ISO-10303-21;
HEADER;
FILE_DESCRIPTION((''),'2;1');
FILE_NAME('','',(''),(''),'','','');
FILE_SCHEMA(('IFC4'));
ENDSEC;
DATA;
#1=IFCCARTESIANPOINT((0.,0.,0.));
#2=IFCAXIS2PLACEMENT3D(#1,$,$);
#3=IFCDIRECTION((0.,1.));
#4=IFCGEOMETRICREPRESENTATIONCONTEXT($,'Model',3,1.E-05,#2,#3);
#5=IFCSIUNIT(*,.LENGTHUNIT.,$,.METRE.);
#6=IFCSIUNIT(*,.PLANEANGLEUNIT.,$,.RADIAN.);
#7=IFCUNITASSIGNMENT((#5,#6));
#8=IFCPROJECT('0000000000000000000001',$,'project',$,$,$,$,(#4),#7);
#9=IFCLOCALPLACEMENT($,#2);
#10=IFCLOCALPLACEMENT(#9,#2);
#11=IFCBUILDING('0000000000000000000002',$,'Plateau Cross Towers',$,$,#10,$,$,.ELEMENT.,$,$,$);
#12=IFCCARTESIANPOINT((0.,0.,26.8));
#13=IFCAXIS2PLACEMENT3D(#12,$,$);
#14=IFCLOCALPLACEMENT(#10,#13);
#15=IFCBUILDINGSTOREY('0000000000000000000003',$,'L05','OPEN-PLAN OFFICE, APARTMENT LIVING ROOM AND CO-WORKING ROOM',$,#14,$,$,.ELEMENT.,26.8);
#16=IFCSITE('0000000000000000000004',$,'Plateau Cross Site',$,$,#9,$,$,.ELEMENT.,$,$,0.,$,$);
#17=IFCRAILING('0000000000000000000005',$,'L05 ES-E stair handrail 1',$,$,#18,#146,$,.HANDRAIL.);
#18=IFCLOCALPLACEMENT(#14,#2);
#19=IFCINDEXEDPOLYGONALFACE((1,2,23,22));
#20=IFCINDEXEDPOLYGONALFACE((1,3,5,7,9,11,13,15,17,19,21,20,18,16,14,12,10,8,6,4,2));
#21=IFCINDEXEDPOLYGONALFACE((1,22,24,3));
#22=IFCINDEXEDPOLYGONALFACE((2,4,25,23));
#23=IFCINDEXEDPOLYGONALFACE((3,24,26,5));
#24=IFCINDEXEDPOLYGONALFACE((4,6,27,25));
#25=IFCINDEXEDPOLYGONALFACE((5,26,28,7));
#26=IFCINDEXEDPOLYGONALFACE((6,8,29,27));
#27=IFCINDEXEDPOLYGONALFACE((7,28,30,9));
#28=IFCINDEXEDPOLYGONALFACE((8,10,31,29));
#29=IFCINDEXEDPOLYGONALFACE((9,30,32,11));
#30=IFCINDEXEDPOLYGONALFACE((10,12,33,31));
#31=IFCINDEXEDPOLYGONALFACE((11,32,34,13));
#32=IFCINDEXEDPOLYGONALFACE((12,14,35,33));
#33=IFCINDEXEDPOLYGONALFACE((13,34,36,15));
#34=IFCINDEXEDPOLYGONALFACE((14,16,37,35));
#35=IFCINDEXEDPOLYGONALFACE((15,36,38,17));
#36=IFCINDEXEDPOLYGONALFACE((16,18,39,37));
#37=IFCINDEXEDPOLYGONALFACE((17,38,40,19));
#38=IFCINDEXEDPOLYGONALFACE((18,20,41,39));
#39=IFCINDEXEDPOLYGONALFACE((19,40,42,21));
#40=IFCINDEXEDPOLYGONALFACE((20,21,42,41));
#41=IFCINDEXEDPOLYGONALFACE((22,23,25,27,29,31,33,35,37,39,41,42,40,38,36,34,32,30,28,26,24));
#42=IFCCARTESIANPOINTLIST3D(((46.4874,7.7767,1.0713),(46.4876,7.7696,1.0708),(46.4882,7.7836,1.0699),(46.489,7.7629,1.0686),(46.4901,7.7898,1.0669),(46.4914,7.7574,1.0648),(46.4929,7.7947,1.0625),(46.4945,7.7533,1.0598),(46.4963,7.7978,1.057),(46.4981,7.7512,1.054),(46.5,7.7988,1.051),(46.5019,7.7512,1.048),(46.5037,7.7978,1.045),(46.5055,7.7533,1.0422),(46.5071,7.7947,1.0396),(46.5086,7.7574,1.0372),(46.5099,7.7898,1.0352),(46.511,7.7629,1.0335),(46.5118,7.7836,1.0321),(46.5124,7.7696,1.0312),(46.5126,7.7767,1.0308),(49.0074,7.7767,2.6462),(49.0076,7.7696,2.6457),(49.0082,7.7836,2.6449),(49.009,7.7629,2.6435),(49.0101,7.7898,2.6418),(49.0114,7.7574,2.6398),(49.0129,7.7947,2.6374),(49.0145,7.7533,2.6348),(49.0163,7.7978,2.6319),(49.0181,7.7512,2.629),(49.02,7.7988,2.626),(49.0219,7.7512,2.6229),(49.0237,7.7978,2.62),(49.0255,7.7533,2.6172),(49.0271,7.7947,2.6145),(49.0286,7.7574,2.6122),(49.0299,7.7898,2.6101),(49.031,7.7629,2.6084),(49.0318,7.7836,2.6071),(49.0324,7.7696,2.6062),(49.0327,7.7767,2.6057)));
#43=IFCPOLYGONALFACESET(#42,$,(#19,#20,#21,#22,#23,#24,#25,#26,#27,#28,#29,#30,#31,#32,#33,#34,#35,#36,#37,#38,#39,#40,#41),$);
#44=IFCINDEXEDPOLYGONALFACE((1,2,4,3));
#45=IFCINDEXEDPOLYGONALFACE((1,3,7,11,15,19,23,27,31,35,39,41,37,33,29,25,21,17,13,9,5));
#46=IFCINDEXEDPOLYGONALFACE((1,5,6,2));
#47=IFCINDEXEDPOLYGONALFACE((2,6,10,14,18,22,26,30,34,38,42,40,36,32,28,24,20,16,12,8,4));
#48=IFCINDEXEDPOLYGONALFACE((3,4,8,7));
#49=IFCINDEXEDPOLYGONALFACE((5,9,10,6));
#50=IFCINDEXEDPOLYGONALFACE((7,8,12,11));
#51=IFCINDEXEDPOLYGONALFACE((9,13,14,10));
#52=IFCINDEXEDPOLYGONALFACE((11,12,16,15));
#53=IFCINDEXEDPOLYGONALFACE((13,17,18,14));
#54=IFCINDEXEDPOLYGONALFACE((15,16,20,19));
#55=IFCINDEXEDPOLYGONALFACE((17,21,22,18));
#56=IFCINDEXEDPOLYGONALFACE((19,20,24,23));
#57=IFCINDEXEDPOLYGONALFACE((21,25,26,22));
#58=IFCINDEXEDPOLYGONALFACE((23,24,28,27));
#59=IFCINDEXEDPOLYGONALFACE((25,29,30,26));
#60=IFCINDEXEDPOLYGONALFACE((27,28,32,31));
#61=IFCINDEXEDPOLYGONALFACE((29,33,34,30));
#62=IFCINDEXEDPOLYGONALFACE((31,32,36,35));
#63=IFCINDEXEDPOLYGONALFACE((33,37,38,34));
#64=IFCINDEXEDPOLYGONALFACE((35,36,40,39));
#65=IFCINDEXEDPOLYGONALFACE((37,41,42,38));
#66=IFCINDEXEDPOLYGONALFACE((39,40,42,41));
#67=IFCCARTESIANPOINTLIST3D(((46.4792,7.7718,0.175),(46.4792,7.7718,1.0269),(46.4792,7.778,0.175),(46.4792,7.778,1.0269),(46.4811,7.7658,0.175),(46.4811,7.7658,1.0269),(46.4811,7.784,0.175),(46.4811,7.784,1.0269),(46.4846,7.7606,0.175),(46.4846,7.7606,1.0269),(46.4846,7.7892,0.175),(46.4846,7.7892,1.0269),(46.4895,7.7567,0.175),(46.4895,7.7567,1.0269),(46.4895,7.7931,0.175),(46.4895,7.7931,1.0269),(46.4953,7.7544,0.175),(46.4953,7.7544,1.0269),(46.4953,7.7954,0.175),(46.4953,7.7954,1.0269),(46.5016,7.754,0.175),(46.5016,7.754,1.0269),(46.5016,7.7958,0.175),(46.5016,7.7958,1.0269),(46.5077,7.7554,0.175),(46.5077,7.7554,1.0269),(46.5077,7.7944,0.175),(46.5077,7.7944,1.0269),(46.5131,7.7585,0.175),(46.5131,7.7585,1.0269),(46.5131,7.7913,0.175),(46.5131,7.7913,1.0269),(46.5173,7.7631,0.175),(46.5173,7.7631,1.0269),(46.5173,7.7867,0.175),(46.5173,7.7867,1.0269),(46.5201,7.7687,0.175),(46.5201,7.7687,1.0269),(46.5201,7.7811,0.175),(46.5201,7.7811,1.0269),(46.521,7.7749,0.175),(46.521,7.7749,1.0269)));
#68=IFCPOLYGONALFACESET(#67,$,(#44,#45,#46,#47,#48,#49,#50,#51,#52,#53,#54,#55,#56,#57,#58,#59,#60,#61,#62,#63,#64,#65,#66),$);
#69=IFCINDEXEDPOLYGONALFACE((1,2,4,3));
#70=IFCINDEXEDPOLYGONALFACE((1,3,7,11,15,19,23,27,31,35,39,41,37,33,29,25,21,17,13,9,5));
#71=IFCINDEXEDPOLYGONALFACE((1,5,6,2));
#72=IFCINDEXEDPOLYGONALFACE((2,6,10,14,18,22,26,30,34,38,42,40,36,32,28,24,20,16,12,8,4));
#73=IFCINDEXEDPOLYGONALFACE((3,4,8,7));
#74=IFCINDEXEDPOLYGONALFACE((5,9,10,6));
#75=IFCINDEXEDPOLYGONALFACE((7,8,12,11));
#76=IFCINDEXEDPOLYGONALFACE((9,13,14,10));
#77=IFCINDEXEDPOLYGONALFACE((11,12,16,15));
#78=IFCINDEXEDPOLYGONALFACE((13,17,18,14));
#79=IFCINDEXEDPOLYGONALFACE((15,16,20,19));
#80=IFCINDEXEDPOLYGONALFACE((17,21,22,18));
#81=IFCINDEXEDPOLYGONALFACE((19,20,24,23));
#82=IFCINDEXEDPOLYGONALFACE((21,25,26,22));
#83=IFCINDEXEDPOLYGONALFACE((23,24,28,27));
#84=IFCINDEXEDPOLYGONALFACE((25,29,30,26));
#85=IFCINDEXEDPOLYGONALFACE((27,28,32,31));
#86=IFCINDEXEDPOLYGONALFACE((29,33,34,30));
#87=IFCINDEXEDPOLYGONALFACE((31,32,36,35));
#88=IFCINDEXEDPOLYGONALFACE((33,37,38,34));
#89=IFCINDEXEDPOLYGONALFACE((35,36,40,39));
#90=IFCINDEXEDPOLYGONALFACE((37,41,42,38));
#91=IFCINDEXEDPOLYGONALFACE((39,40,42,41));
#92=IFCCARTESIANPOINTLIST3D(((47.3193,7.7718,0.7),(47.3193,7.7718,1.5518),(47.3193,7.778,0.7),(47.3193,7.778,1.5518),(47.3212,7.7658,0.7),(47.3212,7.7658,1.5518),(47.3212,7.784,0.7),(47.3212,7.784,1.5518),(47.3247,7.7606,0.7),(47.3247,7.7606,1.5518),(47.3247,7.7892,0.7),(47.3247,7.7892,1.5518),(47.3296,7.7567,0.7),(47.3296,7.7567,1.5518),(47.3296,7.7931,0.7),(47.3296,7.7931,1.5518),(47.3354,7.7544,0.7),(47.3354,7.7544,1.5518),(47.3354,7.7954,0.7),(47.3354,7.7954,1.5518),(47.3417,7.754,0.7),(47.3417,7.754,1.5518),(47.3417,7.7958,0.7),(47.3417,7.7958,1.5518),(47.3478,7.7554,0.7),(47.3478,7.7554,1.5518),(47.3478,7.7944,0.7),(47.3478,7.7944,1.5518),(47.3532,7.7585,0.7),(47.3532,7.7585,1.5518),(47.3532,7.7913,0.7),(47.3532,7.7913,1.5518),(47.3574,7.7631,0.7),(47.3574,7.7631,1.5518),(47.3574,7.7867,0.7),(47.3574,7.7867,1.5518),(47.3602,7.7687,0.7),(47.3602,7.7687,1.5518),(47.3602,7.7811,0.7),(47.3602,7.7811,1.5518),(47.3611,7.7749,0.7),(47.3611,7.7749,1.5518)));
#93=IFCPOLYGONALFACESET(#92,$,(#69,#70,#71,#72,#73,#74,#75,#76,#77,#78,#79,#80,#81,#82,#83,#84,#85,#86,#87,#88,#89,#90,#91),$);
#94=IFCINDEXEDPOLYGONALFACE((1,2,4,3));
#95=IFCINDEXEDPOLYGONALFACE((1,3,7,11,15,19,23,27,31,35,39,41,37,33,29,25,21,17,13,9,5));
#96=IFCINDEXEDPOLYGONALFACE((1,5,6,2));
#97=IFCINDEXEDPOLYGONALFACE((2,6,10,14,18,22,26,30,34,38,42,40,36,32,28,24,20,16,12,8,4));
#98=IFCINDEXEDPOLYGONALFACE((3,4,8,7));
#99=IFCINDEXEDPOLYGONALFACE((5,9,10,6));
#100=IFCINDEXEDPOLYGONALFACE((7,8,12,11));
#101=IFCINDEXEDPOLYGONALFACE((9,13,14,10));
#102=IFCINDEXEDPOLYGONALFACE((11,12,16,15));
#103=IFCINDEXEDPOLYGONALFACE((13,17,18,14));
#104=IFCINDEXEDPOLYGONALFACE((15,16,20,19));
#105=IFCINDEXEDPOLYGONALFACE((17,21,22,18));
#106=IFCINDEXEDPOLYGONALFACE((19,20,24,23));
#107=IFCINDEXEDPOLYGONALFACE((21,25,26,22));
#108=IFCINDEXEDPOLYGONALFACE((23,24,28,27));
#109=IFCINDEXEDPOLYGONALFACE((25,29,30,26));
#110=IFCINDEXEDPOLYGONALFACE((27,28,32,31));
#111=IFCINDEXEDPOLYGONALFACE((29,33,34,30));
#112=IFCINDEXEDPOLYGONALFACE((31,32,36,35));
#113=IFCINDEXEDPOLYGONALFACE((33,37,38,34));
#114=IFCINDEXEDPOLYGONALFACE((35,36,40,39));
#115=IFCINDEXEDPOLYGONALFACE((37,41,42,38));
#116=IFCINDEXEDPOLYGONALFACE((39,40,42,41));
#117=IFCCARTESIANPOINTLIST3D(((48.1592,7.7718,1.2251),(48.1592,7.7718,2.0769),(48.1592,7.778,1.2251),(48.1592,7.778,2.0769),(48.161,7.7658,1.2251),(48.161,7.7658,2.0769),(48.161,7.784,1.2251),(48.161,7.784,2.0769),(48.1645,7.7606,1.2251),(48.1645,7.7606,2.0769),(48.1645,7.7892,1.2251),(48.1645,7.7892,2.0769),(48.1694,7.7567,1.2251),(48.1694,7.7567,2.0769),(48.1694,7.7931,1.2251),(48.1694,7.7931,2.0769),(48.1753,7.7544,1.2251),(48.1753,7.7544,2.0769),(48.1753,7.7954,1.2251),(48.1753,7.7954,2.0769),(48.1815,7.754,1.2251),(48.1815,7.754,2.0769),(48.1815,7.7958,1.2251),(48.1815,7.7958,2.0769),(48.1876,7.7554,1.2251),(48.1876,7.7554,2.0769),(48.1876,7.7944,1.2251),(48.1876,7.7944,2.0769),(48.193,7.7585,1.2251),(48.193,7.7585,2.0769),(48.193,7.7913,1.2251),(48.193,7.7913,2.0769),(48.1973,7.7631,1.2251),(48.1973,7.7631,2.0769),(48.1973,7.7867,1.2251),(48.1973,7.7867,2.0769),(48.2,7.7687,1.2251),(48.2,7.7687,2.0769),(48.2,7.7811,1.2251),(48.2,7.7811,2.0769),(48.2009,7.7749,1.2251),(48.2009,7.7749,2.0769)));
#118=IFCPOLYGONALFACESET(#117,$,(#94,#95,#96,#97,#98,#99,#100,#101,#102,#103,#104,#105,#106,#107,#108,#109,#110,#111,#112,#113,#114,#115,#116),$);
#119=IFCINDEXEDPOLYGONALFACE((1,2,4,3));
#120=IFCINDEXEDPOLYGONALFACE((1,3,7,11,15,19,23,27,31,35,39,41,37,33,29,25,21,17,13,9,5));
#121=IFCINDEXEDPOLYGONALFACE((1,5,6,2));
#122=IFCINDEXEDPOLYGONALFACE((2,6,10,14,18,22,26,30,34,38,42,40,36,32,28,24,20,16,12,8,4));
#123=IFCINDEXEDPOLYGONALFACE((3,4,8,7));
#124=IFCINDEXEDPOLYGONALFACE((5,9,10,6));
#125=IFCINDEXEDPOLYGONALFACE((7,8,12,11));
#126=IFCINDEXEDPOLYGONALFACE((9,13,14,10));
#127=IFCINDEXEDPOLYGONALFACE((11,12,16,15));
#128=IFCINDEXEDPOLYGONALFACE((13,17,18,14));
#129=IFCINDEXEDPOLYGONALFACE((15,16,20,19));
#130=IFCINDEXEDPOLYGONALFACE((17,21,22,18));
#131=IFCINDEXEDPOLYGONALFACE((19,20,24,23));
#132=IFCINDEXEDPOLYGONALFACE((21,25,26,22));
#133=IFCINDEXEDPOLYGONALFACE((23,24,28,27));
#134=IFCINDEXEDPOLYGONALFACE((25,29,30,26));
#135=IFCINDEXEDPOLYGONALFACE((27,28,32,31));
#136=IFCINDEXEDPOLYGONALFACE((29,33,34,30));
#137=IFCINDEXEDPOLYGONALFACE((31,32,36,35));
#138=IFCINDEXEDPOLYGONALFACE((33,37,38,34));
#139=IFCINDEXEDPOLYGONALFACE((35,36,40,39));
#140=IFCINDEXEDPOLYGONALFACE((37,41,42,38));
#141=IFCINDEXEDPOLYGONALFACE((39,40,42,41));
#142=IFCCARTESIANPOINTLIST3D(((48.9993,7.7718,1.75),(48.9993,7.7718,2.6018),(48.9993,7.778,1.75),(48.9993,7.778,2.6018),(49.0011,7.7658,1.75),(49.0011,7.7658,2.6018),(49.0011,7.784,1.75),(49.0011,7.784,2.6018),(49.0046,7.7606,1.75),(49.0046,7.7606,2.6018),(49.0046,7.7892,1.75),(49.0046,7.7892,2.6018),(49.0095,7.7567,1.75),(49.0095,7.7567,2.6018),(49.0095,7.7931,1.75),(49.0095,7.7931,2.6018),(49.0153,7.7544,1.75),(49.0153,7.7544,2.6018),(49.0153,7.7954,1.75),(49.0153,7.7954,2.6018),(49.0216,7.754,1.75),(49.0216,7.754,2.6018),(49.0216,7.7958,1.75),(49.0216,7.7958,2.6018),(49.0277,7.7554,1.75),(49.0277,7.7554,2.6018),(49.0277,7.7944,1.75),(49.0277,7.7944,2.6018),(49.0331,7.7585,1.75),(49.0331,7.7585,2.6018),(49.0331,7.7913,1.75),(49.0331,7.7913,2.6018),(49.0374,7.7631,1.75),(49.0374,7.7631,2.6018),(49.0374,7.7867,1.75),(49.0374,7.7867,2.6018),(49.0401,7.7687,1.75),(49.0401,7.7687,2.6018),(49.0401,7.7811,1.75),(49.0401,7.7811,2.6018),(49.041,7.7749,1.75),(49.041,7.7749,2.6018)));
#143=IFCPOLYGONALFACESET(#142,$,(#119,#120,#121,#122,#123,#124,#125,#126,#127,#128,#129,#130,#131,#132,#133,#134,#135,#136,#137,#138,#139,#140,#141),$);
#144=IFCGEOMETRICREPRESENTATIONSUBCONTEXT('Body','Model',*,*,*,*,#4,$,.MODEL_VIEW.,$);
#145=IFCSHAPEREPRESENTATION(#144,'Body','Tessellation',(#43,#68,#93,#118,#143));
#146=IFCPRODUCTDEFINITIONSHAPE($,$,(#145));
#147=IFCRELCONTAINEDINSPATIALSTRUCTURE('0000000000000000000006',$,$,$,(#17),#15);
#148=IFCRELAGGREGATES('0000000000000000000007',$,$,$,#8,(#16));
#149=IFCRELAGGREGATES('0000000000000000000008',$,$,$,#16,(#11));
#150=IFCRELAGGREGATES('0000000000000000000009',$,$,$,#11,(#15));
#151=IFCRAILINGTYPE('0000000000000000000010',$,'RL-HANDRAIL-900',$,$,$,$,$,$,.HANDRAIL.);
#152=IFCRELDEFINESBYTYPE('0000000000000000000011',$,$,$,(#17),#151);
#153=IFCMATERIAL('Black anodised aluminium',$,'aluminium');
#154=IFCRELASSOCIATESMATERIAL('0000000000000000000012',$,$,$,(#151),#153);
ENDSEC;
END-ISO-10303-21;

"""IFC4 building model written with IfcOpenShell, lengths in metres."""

from ifc_helpers import new_model, si_unit, direction, frame, origin, origin_2d, place, context, subcontext, project, spatial, circle, extrude, material, type_object, element, save


model = new_model("IFC4")

# Units and contexts
model_context = context("Model", 3, precision=1e-05, world=origin(), true_north=direction((0.0, 1.0)))
body_context = subcontext(model_context, "Body", "Model", "MODEL_VIEW")
ifc_project = project(units=[si_unit("LENGTHUNIT", "METRE"), si_unit("PLANEANGLEUNIT", "RADIAN")], contexts=[model_context])

# Site, building, storey
site_placement = place(None, origin())
site = spatial("IfcSite", under=ifc_project, at=site_placement, Name="Plateau Cross Site", CompositionType="ELEMENT", RefElevation=0.0)
building_placement = place(site_placement, origin())
building = spatial("IfcBuilding", under=site, at=building_placement, Name="Plateau Cross Towers", CompositionType="ELEMENT")
storey_placement = place(building_placement, frame((0.0, 0.0, 26.8)))
storey = spatial("IfcBuildingStorey", under=building, at=storey_placement, Name="L05", Description="OPEN-PLAN OFFICE, APARTMENT LIVING ROOM AND CO-WORKING ROOM", CompositionType="ELEMENT", Elevation=26.8)

# Railing
ifc_material_1 = material(Name="Black anodised aluminium", Category="aluminium")
railing_type_1 = type_object("IfcRailingType", Name="RL-HANDRAIL-900", PredefinedType="HANDRAIL", material=ifc_material_1)
railing_1_placement = place(storey_placement, frame((46.5, 7.7749, 0.175)))
element("IfcRailing", 1, at=railing_1_placement, inside=storey, type_object=railing_type_1, Name="L05 ES-E stair handrail 1", PredefinedType="HANDRAIL", context=body_context, shape_type="SweptSolid", body=[
    extrude(circle(Radius=0.0239, at=origin_2d()), frame((0.0, 0.0, 0.876), z_axis=(0.848008, 0.0, 0.529984), x_axis=(0.0, 1.0, 0.0)), (0.0, 0.0, 1.0), 2.9717),
    extrude(circle(Radius=0.021, at=origin_2d()), origin(), (0.0, 0.0, 1.0), 0.8518),
    extrude(circle(Radius=0.021, at=origin_2d()), frame((0.8401, 0.0, 0.5249)), (0.0, 0.0, 1.0), 0.8518),
    extrude(circle(Radius=0.021, at=origin_2d()), frame((1.6799, 0.0, 1.05)), (0.0, 0.0, 1.0), 0.8518),
    extrude(circle(Radius=0.021, at=origin_2d()), frame((2.52, 0.0, 1.575)), (0.0, 0.0, 1.0), 0.8518),
])

save(model, "model.ifc")
